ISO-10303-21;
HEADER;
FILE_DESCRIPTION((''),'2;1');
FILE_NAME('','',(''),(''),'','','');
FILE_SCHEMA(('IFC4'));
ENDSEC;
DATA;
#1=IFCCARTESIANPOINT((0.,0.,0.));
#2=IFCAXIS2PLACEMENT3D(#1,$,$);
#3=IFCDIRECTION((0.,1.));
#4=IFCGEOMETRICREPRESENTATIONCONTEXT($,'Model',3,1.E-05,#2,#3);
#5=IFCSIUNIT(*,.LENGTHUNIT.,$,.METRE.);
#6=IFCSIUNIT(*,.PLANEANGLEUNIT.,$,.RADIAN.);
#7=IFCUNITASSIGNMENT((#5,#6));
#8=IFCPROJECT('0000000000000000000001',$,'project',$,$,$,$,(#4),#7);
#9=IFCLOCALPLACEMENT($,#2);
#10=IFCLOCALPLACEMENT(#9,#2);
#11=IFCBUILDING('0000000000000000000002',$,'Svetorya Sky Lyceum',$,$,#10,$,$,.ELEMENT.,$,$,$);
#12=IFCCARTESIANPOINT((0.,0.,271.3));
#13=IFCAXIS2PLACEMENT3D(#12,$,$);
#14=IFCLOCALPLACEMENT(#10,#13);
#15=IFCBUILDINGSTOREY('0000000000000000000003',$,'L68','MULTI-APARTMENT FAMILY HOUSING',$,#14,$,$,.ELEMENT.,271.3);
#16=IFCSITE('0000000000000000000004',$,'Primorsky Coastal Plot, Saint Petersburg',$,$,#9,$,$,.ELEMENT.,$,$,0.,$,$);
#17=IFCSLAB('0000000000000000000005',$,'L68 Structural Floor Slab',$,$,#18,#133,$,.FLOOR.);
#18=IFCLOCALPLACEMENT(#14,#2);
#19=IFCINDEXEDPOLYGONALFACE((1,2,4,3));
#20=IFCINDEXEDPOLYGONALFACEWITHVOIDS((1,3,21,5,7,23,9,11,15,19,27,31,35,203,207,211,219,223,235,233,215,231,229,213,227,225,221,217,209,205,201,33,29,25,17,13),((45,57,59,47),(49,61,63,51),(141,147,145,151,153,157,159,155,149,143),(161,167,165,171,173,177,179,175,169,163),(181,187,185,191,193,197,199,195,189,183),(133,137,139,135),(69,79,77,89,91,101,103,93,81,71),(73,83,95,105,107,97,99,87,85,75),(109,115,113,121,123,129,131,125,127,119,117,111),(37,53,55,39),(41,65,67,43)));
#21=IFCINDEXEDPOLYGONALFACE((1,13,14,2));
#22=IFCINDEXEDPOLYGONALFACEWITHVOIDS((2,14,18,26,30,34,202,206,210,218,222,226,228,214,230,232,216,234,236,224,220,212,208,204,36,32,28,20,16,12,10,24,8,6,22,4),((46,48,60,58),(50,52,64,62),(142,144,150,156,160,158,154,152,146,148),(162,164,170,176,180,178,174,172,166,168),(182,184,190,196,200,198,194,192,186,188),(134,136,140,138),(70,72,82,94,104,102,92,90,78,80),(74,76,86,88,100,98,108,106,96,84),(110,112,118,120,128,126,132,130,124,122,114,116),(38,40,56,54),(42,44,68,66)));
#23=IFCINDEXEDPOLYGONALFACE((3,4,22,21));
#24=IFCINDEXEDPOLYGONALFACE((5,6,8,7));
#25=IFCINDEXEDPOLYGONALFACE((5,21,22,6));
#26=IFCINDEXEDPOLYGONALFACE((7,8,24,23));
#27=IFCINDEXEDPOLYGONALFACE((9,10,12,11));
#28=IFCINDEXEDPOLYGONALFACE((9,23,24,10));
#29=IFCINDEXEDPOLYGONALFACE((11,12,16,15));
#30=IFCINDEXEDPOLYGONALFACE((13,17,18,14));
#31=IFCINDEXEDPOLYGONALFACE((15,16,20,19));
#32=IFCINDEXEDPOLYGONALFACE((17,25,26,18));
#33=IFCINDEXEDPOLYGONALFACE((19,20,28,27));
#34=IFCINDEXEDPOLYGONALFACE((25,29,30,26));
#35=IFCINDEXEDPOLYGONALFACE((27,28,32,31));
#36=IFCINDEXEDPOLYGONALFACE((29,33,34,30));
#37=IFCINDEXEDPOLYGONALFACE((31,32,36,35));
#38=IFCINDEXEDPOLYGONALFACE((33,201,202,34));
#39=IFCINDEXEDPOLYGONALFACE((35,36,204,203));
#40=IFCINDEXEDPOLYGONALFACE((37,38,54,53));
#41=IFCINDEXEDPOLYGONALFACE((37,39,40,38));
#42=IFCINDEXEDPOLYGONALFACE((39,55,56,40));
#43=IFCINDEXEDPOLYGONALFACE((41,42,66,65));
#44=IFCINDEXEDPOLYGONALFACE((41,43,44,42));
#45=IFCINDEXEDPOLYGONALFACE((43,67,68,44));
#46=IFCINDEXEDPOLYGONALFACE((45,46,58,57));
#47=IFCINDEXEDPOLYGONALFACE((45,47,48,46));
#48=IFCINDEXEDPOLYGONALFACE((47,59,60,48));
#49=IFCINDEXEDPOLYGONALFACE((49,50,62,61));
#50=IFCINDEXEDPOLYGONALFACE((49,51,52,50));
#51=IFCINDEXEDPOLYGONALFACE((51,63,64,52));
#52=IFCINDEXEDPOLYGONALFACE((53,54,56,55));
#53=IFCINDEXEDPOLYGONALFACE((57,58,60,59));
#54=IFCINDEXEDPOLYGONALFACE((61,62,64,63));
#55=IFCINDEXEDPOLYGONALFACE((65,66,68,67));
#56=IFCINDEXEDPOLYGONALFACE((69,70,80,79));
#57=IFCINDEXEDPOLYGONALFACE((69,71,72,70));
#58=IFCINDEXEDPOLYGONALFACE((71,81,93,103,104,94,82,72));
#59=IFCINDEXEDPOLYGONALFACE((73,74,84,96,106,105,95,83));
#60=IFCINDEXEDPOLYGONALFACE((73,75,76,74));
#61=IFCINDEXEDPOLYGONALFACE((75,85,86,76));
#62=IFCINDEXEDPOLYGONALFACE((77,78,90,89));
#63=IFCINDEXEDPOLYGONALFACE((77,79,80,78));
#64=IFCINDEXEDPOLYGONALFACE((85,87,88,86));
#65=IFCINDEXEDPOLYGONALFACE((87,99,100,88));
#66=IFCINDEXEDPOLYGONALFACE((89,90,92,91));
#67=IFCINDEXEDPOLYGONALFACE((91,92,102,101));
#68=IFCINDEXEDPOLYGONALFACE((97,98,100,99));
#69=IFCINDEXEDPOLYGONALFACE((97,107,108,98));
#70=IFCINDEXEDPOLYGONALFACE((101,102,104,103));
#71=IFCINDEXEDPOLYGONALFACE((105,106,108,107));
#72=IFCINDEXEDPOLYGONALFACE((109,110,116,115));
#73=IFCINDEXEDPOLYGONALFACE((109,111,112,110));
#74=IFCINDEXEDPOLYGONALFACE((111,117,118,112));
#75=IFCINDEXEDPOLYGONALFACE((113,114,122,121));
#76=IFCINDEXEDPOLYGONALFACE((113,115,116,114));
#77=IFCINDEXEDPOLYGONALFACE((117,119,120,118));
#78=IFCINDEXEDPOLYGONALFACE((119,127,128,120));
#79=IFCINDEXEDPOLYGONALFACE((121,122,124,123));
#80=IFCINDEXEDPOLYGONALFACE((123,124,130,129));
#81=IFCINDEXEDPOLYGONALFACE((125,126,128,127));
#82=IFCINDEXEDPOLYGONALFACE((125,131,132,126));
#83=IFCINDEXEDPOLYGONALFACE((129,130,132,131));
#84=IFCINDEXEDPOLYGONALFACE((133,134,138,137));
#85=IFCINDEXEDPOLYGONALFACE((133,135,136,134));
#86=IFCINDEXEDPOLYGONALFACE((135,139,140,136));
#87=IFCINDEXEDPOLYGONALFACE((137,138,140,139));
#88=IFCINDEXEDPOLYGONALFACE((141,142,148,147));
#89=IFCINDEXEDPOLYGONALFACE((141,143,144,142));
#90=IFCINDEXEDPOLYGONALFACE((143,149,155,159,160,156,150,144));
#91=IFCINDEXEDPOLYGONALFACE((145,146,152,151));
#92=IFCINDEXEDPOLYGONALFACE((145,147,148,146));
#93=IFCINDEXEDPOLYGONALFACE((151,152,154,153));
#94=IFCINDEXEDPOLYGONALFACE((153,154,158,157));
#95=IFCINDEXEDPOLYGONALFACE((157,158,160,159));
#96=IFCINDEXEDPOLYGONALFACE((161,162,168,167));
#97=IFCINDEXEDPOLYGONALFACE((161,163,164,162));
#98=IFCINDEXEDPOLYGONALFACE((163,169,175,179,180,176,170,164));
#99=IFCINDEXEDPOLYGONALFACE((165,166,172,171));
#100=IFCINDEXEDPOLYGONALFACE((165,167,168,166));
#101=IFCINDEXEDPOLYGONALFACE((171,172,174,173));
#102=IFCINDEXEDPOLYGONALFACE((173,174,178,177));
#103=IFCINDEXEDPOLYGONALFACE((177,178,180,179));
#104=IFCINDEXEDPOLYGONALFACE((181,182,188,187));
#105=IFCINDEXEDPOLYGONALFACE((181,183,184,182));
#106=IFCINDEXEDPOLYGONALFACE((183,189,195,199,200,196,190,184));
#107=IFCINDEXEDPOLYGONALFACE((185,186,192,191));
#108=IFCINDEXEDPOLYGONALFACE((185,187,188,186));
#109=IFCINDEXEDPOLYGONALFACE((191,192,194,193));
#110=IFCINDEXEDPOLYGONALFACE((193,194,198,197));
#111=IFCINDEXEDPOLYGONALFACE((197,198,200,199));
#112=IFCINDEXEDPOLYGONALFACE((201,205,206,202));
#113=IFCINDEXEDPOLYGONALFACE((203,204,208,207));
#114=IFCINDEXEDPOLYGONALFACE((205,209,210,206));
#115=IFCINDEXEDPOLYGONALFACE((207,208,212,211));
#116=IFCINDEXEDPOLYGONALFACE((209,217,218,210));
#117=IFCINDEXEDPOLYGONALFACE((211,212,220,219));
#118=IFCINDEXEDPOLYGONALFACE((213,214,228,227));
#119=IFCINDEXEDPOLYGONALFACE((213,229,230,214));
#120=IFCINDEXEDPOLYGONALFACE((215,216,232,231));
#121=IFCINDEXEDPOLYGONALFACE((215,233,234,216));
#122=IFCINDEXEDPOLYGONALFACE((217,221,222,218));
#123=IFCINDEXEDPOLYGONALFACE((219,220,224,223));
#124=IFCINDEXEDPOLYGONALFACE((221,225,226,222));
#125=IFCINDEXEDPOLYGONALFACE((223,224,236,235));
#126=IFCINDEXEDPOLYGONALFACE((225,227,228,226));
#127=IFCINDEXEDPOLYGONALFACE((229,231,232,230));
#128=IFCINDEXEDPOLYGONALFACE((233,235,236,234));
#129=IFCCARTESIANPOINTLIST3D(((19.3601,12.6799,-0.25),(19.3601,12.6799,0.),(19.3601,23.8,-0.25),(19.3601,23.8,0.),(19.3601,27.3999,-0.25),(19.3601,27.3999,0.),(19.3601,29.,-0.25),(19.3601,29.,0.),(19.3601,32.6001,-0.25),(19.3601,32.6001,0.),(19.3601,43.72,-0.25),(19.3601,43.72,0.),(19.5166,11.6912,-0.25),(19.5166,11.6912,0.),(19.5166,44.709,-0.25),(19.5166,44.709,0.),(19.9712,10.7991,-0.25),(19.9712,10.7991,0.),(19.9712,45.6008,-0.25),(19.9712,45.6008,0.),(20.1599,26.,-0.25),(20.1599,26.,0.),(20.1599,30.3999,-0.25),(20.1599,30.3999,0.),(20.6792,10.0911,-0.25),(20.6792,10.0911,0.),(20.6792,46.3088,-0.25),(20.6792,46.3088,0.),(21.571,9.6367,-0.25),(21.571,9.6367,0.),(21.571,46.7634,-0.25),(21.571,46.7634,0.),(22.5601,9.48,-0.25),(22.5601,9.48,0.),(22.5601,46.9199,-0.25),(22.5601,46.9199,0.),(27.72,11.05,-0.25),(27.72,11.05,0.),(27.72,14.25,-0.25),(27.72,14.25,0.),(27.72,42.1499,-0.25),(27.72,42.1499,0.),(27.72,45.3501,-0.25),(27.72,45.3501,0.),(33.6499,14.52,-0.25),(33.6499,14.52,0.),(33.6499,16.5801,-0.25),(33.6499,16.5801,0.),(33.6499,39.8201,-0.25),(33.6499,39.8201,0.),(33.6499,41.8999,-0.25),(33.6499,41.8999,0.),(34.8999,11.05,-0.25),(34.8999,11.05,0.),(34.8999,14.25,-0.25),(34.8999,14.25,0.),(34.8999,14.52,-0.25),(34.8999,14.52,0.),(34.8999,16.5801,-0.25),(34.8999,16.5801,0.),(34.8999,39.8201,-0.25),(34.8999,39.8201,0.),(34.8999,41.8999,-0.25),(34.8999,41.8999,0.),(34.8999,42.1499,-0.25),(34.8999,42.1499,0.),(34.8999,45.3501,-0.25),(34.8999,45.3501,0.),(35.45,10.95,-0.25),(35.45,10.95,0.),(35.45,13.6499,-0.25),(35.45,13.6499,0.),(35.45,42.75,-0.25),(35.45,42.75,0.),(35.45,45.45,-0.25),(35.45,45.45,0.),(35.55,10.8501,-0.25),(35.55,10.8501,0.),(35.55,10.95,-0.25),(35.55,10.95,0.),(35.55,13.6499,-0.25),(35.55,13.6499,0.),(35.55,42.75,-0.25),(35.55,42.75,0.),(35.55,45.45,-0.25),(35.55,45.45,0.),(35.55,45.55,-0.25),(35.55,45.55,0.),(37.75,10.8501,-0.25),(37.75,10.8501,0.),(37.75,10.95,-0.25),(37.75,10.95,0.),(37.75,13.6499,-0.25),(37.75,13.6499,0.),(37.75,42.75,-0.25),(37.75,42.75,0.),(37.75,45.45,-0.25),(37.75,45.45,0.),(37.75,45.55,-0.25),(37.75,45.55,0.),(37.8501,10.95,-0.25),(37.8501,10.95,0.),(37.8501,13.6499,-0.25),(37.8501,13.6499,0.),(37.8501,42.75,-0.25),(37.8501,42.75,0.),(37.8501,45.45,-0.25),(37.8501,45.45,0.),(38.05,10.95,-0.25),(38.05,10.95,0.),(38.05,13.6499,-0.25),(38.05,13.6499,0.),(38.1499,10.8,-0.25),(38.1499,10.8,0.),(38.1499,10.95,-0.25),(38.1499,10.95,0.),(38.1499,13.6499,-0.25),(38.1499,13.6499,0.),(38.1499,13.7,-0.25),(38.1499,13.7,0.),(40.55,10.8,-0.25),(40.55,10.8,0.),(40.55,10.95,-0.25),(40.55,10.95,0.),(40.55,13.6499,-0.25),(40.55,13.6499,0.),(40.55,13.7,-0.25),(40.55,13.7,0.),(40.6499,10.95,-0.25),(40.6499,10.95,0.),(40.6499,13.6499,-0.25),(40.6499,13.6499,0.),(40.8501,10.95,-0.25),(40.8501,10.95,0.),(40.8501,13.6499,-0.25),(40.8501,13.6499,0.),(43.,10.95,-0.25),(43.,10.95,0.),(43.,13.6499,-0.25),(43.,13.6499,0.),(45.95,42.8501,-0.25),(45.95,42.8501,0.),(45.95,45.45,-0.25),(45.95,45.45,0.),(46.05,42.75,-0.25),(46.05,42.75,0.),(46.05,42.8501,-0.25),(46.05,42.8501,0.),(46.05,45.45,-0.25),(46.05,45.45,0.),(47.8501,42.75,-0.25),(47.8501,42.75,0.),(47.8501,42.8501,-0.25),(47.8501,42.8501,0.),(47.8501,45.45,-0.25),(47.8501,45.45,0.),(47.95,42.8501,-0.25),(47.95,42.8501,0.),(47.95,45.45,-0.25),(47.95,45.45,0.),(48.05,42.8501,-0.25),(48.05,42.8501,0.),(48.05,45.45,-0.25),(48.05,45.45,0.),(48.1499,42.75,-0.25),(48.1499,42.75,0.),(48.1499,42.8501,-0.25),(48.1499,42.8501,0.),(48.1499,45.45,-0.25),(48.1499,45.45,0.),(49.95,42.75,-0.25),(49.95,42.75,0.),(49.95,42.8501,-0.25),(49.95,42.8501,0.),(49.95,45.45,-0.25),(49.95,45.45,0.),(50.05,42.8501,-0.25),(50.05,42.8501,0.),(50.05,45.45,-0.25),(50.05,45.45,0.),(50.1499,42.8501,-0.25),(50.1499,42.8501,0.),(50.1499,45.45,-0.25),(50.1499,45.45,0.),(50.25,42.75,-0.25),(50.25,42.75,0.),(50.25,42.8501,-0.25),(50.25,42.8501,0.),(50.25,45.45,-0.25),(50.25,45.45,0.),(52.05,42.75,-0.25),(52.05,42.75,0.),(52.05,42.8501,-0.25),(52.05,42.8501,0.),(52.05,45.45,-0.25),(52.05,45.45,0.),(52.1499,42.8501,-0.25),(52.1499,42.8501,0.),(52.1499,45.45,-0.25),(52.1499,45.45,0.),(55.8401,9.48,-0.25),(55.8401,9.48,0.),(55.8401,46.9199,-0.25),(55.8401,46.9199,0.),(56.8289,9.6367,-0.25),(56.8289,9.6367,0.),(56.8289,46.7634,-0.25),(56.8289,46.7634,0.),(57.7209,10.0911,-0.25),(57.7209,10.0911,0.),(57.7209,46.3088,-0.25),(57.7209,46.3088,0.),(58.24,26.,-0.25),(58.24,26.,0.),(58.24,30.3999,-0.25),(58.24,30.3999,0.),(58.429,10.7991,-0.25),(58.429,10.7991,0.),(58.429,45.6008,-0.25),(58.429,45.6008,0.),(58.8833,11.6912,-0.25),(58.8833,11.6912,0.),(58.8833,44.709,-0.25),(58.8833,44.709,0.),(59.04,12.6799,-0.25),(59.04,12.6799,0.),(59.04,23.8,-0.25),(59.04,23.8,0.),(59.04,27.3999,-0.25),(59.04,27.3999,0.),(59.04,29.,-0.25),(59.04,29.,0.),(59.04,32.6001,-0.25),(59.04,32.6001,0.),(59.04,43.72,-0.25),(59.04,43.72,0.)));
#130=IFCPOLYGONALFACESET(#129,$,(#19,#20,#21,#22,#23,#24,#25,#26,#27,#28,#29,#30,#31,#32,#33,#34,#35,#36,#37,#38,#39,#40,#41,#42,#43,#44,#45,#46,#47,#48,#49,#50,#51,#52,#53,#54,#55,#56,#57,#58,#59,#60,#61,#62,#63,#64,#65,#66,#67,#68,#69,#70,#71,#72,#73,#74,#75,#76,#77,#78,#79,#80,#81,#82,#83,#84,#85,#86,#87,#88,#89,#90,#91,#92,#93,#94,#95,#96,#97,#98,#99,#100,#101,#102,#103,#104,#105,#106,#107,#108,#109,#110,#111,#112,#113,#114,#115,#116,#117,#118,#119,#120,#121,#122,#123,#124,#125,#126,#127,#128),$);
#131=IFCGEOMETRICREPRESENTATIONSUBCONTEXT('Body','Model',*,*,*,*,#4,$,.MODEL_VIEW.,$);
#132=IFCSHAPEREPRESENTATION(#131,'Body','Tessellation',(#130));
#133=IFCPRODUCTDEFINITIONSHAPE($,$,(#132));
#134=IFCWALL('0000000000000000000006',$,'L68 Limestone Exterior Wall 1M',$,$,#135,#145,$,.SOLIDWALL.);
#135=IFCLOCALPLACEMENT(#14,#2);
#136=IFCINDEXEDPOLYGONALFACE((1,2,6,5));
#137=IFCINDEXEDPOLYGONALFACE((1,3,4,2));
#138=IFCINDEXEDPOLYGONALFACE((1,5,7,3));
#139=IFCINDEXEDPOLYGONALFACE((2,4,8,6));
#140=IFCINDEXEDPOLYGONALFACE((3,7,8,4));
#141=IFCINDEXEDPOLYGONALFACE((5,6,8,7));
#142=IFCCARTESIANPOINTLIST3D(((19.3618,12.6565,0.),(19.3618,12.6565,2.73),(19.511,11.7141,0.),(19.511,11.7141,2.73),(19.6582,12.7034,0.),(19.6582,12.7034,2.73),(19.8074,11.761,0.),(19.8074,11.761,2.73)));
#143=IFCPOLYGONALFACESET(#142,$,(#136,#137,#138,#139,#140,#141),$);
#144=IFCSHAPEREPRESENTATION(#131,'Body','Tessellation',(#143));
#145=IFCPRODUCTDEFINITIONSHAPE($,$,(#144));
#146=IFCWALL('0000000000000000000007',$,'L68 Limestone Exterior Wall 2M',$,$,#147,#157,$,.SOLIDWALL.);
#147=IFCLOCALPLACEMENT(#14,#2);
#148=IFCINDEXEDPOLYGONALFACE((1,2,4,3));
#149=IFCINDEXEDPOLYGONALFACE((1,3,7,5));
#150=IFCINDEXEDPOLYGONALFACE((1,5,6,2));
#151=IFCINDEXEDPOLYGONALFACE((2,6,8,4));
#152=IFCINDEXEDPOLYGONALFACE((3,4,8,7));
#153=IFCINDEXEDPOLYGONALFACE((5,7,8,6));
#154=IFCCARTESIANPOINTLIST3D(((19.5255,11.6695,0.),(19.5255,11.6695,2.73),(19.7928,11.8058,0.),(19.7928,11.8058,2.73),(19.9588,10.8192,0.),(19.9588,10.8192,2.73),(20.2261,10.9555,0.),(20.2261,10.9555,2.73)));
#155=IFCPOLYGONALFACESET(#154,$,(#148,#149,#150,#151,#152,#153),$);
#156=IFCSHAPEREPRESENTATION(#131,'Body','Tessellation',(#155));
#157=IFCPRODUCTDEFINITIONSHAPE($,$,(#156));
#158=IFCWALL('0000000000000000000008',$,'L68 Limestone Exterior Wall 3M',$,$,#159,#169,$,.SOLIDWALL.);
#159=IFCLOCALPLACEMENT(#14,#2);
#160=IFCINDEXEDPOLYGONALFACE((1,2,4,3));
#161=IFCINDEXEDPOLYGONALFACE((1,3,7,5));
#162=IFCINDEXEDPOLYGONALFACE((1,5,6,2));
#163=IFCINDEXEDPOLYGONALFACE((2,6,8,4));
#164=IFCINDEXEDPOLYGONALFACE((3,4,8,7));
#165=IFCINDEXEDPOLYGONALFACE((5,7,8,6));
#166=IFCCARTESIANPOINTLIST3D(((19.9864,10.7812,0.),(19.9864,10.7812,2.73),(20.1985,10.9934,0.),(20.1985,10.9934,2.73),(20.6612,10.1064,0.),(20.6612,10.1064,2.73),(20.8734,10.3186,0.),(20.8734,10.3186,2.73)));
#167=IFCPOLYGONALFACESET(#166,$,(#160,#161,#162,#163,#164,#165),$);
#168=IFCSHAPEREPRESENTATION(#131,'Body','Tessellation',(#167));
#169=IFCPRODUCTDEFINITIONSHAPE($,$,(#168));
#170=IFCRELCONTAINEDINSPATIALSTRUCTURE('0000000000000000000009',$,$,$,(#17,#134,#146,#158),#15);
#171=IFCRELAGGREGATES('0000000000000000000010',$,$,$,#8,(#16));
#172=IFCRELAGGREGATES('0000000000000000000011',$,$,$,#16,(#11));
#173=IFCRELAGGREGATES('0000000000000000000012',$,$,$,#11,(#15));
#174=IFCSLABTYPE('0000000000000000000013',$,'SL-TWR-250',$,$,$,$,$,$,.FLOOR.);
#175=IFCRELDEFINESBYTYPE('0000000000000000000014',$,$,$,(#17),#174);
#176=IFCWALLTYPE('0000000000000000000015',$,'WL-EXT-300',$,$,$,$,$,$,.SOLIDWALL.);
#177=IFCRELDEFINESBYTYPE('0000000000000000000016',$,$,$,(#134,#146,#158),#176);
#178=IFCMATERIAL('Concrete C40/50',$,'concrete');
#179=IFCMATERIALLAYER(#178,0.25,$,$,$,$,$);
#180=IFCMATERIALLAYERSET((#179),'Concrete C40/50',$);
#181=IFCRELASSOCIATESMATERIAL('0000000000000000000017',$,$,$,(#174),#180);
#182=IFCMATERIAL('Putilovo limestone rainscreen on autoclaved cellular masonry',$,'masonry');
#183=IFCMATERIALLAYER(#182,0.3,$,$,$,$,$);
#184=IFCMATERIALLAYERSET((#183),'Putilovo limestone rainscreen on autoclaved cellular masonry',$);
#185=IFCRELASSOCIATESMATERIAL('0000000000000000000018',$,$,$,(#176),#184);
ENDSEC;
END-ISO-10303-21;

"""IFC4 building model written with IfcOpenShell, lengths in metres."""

from ifc_helpers import new_model, si_unit, direction, frame, frame_2d, origin, place, context, subcontext, project, spatial, polyline, rectangle, outline, extrude, material, layer, layer_set, type_object, element, save


model = new_model("IFC4")

# Units and contexts
model_context = context("Model", 3, precision=1e-05, world=origin(), true_north=direction((0.0, 1.0)))
body_context = subcontext(model_context, "Body", "Model", "MODEL_VIEW")
ifc_project = project(units=[si_unit("LENGTHUNIT", "METRE"), si_unit("PLANEANGLEUNIT", "RADIAN")], contexts=[model_context])

# Site, building, storey
site_placement = place(None, origin())
site = spatial("IfcSite", under=ifc_project, at=site_placement, Name="Primorsky Coastal Plot, Saint Petersburg", CompositionType="ELEMENT", RefElevation=0.0)
building_placement = place(site_placement, origin())
building = spatial("IfcBuilding", under=site, at=building_placement, Name="Svetorya Sky Lyceum", CompositionType="ELEMENT")
storey_placement = place(building_placement, frame((0.0, 0.0, 271.3)))
storey = spatial("IfcBuildingStorey", under=building, at=storey_placement, Name="L68", Description="MULTI-APARTMENT FAMILY HOUSING", CompositionType="ELEMENT", Elevation=271.3)

# Shared definitions
ifc_material_1 = material(Name="Concrete C40/50", Category="concrete")

# Slab
ifc_layer_1 = layer(ifc_material_1, 0.25)
ifc_layer_set_1 = layer_set([ifc_layer_1], Name="Concrete C40/50")
slab_type_1 = type_object("IfcSlabType", Name="SL-TWR-250", PredefinedType="FLOOR", material=ifc_layer_set_1)
slab_1_placement = place(storey_placement, frame((0.0, 0.0, -0.25)))
element("IfcSlab", 1, at=slab_1_placement, inside=storey, type_object=slab_type_1, Name="L68 Structural Floor Slab", PredefinedType="FLOOR", context=body_context, shape_type="SweptSolid", body=[
    extrude(outline(polyline([(19.3601, 12.6799), (19.5166, 11.6912), (19.9712, 10.7991), (20.6792, 10.0911), (21.571, 9.6367), (22.5601, 9.48), (55.8401, 9.48), (56.8289, 9.6367), (57.7209, 10.0911), (58.429, 10.7991), (58.8833, 11.6912), (59.04, 12.6799), (59.04, 23.8), (58.24, 26.0), (59.04, 27.3999), (59.04, 29.0), (58.24, 30.3999), (59.04, 32.6001), (59.04, 43.72), (58.8833, 44.709), (58.429, 45.6008), (57.7209, 46.3088), (56.8289, 46.7634), (55.8401, 46.9199), (22.5601, 46.9199), (21.571, 46.7634), (20.6792, 46.3088), (19.9712, 45.6008), (19.5166, 44.709), (19.3601, 43.72), (19.3601, 32.6001), (20.1599, 30.3999), (19.3601, 29.0), (19.3601, 27.3999), (20.1599, 26.0), (19.3601, 23.8), (19.3601, 12.6799)]), holes=[polyline([(37.8501, 10.95), (37.75, 10.95), (37.75, 10.8501), (35.55, 10.8501), (35.55, 10.95), (35.45, 10.95), (35.45, 13.6499), (35.55, 13.6499), (37.75, 13.6499), (37.8501, 13.6499), (37.8501, 10.95)]), polyline([(38.1499, 10.8), (38.1499, 10.95), (38.05, 10.95), (38.05, 13.6499), (38.1499, 13.6499), (38.1499, 13.7), (40.55, 13.7), (40.55, 13.6499), (40.6499, 13.6499), (40.6499, 10.95), (40.55, 10.95), (40.55, 10.8), (38.1499, 10.8)]), polyline([(27.72, 11.05), (27.72, 14.25), (34.8999, 14.25), (34.8999, 11.05), (27.72, 11.05)]), polyline([(33.6499, 14.52), (33.6499, 16.5801), (34.8999, 16.5801), (34.8999, 14.52), (33.6499, 14.52)]), polyline([(33.6499, 39.8201), (33.6499, 41.8999), (34.8999, 41.8999), (34.8999, 39.8201), (33.6499, 39.8201)]), polyline([(27.72, 42.1499), (27.72, 45.3501), (34.8999, 45.3501), (34.8999, 42.1499), (27.72, 42.1499)]), polyline([(37.75, 42.75), (35.55, 42.75), (35.45, 42.75), (35.45, 45.45), (35.55, 45.45), (35.55, 45.55), (37.75, 45.55), (37.75, 45.45), (37.8501, 45.45), (37.8501, 42.75), (37.75, 42.75)]), polyline([(40.8501, 10.95), (40.8501, 13.6499), (43.0, 13.6499), (43.0, 10.95), (40.8501, 10.95)]), polyline([(46.05, 42.75), (46.05, 42.8501), (45.95, 42.8501), (45.95, 45.45), (46.05, 45.45), (47.8501, 45.45), (47.95, 45.45), (47.95, 42.8501), (47.8501, 42.8501), (47.8501, 42.75), (46.05, 42.75)]), polyline([(50.05, 42.8501), (49.95, 42.8501), (49.95, 42.75), (48.1499, 42.75), (48.1499, 42.8501), (48.05, 42.8501), (48.05, 45.45), (48.1499, 45.45), (49.95, 45.45), (50.05, 45.45), (50.05, 42.8501)]), polyline([(52.1499, 42.8501), (52.05, 42.8501), (52.05, 42.75), (50.25, 42.75), (50.25, 42.8501), (50.1499, 42.8501), (50.1499, 45.45), (50.25, 45.45), (52.05, 45.45), (52.1499, 45.45), (52.1499, 42.8501)])]), origin(), (0.0, 0.0, 1.0), 0.25),
])

# Walls
ifc_material_2 = material(Name="Putilovo limestone rainscreen on autoclaved cellular masonry", Category="masonry")
ifc_layer_2 = layer(ifc_material_2, 0.3)
ifc_layer_set_2 = layer_set([ifc_layer_2], Name="Putilovo limestone rainscreen on autoclaved cellular masonry")
wall_type_1 = type_object("IfcWallType", Name="WL-EXT-300", PredefinedType="SOLIDWALL", material=ifc_layer_set_2)
wall_1_placement = place(storey_placement, frame((19.51, 12.6799, 0.0), z_axis=(0.0, 0.0, 1.0), x_axis=(0.156344, -0.987703, 0.0)))
element("IfcWall", 2, at=wall_1_placement, inside=storey, type_object=wall_type_1, Name="L68 Limestone Exterior Wall 1M", PredefinedType="SOLIDWALL", context=body_context, shape_type="SweptSolid", body=[
    extrude(rectangle(XDim=0.9541, YDim=0.3, at=frame_2d((0.4771, 0.0))), origin(), (0.0, 0.0, 1.0), 2.73),
])
for number, where, z_axis, x_axis, name in (
    (3, (19.6592, 11.7375, 0.0), (0.0, 0.0, 1.0), (0.454056, -0.890973, 0.0), "L68 Limestone Exterior Wall 2M"),
    (4, (20.0925, 10.8872, 0.0), (0.0, 0.0, 1.0), (0.707107, -0.707107, 0.0), "L68 Limestone Exterior Wall 3M"),
):
    element("IfcWall", number, at=place(storey_placement, frame(where, z_axis=z_axis, x_axis=x_axis)), inside=storey, type_object=wall_type_1, Name=name, PredefinedType="SOLIDWALL", context=body_context, shape_type="SweptSolid", body=[
        extrude(rectangle(XDim=0.9543, YDim=0.3, at=frame_2d((0.4771, 0.0))), origin(), (0.0, 0.0, 1.0), 2.73),
    ])

save(model, "model.ifc")
